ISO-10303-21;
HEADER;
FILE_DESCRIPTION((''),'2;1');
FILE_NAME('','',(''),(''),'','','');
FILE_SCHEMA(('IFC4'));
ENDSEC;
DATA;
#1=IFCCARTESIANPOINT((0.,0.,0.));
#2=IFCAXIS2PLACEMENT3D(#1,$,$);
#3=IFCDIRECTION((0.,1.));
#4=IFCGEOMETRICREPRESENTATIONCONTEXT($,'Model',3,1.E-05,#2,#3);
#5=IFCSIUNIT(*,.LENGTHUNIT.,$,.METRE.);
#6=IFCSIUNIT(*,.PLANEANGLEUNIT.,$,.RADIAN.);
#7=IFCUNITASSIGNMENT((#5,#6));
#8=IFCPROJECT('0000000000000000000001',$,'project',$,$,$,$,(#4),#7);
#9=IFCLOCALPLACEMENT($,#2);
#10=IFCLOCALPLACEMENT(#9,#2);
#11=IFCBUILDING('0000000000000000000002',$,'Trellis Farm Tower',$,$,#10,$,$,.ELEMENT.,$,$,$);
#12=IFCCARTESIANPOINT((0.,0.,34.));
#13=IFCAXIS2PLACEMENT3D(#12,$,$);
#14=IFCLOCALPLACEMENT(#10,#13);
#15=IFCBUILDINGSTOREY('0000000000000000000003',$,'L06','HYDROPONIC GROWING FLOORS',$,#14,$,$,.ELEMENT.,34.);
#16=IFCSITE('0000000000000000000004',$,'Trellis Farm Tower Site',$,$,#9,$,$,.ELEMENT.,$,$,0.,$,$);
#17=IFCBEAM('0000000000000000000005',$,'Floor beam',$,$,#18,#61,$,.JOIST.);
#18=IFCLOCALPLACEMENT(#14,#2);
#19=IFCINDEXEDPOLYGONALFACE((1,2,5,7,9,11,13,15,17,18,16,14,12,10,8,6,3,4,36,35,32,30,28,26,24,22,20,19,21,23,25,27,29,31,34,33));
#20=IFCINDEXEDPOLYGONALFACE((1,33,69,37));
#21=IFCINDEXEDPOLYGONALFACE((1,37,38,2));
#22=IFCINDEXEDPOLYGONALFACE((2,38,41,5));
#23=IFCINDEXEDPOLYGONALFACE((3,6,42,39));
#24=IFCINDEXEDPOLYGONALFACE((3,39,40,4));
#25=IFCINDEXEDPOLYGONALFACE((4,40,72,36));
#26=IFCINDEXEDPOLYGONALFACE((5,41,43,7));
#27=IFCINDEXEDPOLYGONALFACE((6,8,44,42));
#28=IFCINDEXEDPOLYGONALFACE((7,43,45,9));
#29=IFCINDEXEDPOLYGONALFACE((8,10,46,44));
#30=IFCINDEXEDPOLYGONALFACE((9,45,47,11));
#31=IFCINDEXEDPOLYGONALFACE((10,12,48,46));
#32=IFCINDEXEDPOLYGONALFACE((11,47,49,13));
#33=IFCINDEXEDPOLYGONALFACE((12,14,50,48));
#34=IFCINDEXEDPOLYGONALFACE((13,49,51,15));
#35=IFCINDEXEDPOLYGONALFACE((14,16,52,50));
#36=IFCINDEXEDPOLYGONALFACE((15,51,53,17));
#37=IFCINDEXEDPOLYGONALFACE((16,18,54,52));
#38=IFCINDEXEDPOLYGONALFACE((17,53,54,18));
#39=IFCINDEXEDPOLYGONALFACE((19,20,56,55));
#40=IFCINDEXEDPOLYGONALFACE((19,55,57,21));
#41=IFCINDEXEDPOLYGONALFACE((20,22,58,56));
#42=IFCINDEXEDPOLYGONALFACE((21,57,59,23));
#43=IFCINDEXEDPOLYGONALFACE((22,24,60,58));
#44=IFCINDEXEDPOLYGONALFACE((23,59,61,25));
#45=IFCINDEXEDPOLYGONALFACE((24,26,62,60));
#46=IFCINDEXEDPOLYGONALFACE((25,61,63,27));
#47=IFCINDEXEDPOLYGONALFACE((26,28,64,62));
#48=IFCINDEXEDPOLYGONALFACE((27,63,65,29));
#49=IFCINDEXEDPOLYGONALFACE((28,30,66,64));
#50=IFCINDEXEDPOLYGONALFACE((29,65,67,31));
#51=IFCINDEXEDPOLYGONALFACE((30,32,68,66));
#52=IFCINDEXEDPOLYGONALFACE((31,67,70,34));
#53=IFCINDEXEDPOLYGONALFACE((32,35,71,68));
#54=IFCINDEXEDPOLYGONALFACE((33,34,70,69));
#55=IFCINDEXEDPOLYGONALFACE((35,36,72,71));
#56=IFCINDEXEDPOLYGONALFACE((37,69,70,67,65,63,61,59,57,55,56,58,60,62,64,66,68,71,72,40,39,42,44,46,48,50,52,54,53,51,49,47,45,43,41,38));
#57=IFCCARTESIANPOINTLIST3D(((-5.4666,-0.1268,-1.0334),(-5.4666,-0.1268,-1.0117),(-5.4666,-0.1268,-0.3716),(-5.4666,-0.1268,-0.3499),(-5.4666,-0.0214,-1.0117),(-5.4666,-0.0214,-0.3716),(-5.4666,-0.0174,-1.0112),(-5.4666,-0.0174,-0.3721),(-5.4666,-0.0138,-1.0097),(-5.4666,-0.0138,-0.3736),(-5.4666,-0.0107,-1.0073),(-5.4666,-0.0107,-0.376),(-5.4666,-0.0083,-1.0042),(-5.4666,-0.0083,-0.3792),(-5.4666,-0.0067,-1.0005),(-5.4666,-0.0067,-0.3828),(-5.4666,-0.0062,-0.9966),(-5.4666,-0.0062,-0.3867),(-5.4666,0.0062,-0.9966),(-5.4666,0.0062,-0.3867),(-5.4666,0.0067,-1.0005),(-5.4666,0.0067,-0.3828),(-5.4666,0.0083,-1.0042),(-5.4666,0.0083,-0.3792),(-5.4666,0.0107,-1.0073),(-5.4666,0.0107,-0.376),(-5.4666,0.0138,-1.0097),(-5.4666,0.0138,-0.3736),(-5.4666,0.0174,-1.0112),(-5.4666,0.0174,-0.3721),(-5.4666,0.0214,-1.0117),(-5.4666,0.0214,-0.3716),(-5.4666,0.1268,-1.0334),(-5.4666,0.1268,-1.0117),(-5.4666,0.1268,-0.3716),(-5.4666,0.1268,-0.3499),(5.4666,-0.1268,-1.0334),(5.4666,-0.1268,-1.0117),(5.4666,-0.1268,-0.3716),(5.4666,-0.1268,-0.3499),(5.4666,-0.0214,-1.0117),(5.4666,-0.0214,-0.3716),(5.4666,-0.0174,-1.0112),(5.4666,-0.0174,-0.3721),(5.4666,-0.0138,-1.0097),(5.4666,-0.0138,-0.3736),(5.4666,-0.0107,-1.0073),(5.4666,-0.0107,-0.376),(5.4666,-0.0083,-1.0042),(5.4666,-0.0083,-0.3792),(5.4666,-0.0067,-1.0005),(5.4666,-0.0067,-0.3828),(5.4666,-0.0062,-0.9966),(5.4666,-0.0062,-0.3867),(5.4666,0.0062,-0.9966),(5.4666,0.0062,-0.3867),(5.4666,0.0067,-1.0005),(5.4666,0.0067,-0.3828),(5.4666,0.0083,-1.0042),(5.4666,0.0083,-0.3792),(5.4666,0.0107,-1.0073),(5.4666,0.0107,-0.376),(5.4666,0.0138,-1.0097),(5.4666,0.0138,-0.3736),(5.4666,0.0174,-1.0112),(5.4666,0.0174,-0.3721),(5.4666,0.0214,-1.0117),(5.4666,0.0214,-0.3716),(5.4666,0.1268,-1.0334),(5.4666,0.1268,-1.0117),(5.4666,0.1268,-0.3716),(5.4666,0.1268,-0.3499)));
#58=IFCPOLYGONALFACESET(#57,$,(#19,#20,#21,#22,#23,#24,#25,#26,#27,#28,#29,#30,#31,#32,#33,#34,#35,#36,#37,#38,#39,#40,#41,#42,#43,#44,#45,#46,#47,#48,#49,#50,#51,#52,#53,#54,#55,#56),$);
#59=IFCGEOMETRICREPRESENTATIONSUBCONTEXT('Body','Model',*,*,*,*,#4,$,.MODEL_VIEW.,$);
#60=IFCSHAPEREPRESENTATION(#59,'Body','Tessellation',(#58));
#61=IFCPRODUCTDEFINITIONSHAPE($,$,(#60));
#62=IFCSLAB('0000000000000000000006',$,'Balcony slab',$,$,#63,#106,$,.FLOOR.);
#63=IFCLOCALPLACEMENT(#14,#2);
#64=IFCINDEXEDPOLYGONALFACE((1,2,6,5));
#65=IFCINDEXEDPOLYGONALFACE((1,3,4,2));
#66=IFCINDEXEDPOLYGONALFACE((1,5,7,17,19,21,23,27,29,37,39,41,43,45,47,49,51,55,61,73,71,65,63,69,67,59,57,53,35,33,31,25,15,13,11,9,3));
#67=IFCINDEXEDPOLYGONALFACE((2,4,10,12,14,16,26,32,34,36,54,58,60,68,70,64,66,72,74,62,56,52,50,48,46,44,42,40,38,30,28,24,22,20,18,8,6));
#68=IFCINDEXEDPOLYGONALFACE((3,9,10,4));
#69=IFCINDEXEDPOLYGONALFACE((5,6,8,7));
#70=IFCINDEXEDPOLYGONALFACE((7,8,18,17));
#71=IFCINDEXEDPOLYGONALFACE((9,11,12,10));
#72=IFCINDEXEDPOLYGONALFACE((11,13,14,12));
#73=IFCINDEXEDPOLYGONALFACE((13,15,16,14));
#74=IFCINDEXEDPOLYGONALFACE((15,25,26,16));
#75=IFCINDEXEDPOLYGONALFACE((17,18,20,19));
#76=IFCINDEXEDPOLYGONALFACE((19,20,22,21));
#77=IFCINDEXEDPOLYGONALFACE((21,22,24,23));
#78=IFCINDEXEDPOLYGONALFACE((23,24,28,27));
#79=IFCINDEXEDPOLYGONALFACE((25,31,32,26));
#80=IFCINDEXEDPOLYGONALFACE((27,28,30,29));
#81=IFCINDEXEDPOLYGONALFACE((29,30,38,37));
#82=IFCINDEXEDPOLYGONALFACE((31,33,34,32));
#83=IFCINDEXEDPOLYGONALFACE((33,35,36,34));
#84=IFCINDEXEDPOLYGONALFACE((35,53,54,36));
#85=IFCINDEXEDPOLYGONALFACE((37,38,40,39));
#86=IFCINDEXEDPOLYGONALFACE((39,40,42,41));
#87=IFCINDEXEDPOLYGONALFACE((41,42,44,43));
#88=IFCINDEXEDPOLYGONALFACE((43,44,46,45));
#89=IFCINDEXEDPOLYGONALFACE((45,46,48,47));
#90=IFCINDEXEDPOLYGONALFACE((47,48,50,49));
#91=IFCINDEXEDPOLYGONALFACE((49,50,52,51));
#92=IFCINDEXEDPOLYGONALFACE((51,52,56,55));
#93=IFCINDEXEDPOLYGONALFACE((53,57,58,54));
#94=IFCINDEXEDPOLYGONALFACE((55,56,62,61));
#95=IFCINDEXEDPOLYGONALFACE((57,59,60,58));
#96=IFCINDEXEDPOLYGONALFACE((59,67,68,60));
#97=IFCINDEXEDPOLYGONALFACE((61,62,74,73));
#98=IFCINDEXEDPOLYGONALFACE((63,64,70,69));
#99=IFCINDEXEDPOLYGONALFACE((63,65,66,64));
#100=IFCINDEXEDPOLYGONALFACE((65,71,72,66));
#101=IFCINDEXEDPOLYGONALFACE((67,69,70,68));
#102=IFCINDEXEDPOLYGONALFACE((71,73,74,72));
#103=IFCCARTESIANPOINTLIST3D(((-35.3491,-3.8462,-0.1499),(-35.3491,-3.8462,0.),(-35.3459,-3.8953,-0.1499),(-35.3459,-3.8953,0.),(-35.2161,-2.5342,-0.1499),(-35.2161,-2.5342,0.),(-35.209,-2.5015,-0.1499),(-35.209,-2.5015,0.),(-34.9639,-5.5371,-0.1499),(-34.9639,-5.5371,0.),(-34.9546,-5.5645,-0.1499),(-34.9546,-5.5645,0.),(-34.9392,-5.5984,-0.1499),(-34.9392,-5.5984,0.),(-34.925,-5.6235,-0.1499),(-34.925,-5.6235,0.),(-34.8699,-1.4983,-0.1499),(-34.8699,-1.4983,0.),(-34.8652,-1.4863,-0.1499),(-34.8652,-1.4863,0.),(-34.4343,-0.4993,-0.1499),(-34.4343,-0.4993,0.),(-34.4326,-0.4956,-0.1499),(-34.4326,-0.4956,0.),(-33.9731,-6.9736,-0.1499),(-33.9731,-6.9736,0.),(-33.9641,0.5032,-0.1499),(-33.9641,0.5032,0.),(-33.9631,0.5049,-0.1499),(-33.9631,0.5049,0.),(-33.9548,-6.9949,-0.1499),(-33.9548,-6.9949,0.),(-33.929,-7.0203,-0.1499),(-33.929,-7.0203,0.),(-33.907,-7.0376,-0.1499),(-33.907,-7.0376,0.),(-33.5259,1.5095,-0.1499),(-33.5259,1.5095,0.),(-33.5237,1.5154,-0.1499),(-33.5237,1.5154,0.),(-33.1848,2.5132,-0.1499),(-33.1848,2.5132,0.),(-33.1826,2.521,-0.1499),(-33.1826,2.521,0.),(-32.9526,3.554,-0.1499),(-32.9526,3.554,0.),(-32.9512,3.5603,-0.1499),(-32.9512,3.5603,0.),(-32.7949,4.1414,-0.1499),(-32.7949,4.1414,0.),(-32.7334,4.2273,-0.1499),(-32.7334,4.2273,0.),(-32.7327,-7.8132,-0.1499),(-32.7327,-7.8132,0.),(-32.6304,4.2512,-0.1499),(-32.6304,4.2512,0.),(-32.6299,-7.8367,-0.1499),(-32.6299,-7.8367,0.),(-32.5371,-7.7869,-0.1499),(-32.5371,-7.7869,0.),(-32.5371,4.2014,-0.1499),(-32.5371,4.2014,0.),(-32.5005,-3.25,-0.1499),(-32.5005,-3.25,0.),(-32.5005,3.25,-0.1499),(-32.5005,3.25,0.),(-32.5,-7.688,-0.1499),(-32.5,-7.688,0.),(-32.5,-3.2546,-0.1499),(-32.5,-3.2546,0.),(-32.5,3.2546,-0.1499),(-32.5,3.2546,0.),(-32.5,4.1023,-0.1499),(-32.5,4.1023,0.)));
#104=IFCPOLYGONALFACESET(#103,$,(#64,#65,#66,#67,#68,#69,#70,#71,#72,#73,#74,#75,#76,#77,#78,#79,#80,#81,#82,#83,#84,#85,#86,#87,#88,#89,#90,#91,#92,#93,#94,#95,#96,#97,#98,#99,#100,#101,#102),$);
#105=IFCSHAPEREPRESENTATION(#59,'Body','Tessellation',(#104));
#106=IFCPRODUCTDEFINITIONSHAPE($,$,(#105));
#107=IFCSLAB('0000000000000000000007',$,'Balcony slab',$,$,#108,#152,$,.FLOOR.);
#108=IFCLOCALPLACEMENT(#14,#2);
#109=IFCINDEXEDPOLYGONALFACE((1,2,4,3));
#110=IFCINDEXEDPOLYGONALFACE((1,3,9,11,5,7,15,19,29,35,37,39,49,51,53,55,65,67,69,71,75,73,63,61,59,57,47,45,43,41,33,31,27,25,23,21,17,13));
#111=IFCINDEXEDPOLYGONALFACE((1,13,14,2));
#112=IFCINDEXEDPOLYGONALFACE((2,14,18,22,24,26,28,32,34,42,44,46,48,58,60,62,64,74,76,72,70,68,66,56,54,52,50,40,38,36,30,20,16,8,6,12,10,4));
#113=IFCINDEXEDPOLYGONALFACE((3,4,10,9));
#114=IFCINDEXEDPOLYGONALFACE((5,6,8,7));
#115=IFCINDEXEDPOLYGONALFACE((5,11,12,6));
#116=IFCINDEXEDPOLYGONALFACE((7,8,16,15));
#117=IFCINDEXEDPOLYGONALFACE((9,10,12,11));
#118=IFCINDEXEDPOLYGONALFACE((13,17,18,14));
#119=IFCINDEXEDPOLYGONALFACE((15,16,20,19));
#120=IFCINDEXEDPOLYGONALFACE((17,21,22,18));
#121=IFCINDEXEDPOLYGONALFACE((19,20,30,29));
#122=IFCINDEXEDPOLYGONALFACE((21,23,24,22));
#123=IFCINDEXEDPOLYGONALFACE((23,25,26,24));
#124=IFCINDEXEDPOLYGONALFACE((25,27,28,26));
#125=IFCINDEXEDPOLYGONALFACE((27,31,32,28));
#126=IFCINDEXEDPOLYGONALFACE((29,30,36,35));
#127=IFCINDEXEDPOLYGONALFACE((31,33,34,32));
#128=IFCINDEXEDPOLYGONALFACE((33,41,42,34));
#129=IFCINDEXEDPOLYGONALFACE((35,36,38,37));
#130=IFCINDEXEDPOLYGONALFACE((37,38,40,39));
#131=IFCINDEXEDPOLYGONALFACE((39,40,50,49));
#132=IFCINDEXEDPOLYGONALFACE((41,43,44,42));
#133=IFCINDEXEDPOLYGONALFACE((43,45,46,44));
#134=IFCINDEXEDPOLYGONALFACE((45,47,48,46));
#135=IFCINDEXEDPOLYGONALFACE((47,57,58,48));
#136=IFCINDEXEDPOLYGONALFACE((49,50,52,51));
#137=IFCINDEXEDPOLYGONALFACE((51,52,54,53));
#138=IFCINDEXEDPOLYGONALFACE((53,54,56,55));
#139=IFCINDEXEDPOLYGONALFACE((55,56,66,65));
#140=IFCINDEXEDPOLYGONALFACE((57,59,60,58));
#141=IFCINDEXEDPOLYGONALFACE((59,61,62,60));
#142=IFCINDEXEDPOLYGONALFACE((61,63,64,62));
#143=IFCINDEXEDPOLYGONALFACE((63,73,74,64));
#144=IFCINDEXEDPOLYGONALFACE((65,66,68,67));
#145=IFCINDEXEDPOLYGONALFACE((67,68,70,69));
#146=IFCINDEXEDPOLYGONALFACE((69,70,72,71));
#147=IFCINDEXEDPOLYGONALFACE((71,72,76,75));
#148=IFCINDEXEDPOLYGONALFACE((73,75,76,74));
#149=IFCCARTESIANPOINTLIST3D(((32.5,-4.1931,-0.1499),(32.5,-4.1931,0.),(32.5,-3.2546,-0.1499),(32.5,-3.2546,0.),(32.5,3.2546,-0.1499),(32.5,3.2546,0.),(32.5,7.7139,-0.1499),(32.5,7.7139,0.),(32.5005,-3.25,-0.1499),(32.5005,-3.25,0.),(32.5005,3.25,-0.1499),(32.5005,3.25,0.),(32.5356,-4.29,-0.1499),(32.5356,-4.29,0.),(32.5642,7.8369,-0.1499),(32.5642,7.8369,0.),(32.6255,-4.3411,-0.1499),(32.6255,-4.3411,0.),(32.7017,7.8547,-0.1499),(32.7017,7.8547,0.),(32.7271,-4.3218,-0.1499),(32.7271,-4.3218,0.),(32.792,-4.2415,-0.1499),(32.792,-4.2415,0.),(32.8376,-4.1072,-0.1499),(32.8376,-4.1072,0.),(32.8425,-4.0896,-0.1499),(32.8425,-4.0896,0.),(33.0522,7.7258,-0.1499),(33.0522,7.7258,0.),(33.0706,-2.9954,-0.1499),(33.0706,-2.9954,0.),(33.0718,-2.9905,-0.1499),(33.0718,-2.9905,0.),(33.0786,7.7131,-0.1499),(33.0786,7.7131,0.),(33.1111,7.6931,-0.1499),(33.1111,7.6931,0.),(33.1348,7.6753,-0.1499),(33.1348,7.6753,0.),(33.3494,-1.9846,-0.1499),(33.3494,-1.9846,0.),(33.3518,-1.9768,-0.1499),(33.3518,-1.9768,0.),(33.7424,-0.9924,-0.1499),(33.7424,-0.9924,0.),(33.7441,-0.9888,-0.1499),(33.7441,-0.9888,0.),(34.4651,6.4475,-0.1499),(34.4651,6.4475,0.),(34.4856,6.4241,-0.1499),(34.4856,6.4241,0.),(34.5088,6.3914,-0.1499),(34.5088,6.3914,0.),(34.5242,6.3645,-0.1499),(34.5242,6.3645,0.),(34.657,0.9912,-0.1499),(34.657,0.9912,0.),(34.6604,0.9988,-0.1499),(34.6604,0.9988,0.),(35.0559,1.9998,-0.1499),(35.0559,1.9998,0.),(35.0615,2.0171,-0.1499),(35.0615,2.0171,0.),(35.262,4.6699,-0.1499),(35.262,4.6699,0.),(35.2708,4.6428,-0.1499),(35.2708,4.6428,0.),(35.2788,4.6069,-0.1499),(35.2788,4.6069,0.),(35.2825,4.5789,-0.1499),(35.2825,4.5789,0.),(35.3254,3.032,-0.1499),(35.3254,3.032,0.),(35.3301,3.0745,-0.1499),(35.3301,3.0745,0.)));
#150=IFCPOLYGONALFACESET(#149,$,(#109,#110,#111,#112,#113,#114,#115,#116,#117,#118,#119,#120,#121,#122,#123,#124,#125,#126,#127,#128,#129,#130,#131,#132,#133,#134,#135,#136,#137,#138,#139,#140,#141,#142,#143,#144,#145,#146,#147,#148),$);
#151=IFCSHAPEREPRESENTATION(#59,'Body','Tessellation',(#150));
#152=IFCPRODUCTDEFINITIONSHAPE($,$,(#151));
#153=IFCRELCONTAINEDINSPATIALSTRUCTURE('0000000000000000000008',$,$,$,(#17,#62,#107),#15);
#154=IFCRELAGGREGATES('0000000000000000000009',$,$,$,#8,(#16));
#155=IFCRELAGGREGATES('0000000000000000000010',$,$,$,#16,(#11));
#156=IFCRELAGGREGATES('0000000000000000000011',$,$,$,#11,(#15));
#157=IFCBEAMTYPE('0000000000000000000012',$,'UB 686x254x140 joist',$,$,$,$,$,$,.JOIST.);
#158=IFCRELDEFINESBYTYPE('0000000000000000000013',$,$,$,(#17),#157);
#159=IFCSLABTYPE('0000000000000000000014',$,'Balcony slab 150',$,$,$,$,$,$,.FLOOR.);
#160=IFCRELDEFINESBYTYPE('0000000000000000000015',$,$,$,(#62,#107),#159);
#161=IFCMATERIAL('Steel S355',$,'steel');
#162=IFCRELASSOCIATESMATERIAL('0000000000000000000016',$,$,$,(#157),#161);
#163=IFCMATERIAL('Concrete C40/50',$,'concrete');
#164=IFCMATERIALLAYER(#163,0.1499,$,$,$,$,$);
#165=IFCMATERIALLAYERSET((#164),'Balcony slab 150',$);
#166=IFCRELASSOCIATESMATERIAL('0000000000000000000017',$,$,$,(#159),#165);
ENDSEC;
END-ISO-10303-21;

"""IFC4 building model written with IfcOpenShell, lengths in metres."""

from ifc_helpers import new_model, si_unit, direction, frame, origin, origin_2d, place, context, subcontext, project, spatial, polyline, i_section, outline, extrude, source, transform, mapped, material, layer, layer_set, material_profile, profile_set, type_object, element, save


model = new_model("IFC4")

# Units and contexts
model_context = context("Model", 3, precision=1e-05, world=origin(), true_north=direction((0.0, 1.0)))
body_context = subcontext(model_context, "Body", "Model", "MODEL_VIEW")
ifc_project = project(units=[si_unit("LENGTHUNIT", "METRE"), si_unit("PLANEANGLEUNIT", "RADIAN")], contexts=[model_context])

# Site, building, storey
site_placement = place(None, origin())
site = spatial("IfcSite", under=ifc_project, at=site_placement, Name="Trellis Farm Tower Site", CompositionType="ELEMENT", RefElevation=0.0)
building_placement = place(site_placement, origin())
building = spatial("IfcBuilding", under=site, at=building_placement, Name="Trellis Farm Tower", CompositionType="ELEMENT")
storey_placement = place(building_placement, frame((0.0, 0.0, 34.0)))
storey = spatial("IfcBuildingStorey", under=building, at=storey_placement, Name="L06", Description="HYDROPONIC GROWING FLOORS", CompositionType="ELEMENT", Elevation=34.0)

# Beam
ifc_material_1 = material(Name="Steel S355", Category="steel")
ifc_material_profile = material_profile(ifc_material_1, i_section(OverallWidth=0.2537, OverallDepth=0.6836, WebThickness=0.0125, FlangeThickness=0.0217, FilletRadius=0.0151, at=origin_2d()), Name="UB 686x254x140")
ifc_profile_set = profile_set([ifc_material_profile], Name="Steel S355")
beam_type = type_object("IfcBeamType", Name="UB 686x254x140 joist", PredefinedType="JOIST", material=ifc_profile_set)
shared_shape_1 = source(origin(), body_context, "Body", "SweptSolid", [
    extrude(i_section(OverallWidth=0.2537, OverallDepth=0.6836, WebThickness=0.0125, FlangeThickness=0.0217, FilletRadius=0.0151, at=origin_2d()), origin(), (0.0, 0.0, 1.0), 10.9331),
])
beam_placement = place(storey_placement, frame((-5.4666, 0.0, -0.6917), z_axis=(1.0, 0.0, 0.0), x_axis=(0.0, 1.0, 0.0)))
element("IfcBeam", 1, at=beam_placement, inside=storey, type_object=beam_type, Name="Floor beam", PredefinedType="JOIST", context=body_context, shape_type="MappedRepresentation", body=[
    mapped(shared_shape_1, transform((0.0, 0.0, 0.0))),
])

# Slabs
ifc_material_2 = material(Name="Concrete C40/50", Category="concrete")
ifc_layer_1 = layer(ifc_material_2, 0.1499)
ifc_layer_set_1 = layer_set([ifc_layer_1], Name="Balcony slab 150")
slab_type_1 = type_object("IfcSlabType", Name="Balcony slab 150", PredefinedType="FLOOR", material=ifc_layer_set_1)
placement_1 = place(storey_placement, frame((0.0, 0.0, -0.1499)))
element("IfcSlab", 2, at=placement_1, inside=storey, type_object=slab_type_1, Name="Balcony slab", PredefinedType="FLOOR", context=body_context, shape_type="SweptSolid", body=[
    extrude(outline(polyline([(-33.929, -7.0203), (-33.9548, -6.9949), (-33.9731, -6.9736), (-34.925, -5.6235), (-34.9392, -5.5984), (-34.9546, -5.5645), (-34.9639, -5.5371), (-35.3459, -3.8953), (-35.3491, -3.8462), (-35.2161, -2.5342), (-35.209, -2.5015), (-34.8699, -1.4983), (-34.8652, -1.4863), (-34.4343, -0.4993), (-34.4326, -0.4956), (-33.9641, 0.5032), (-33.9631, 0.5049), (-33.5259, 1.5095), (-33.5237, 1.5154), (-33.1848, 2.5132), (-33.1826, 2.521), (-32.9526, 3.554), (-32.9512, 3.5603), (-32.7949, 4.1414), (-32.7334, 4.2273), (-32.6304, 4.2512), (-32.5371, 4.2014), (-32.5, 4.1023), (-32.5, 3.2546), (-32.5005, 3.25), (-32.5005, -3.25), (-32.5, -3.2546), (-32.5, -7.688), (-32.5371, -7.7869), (-32.6299, -7.8367), (-32.7327, -7.8132), (-33.907, -7.0376), (-33.929, -7.0203)])), origin(), (0.0, 0.0, 1.0), 0.1499),
])
element("IfcSlab", 3, at=placement_1, inside=storey, type_object=slab_type_1, Name="Balcony slab", PredefinedType="FLOOR", context=body_context, shape_type="SweptSolid", body=[
    extrude(outline(polyline([(33.0786, 7.7131), (33.1111, 7.6931), (33.1348, 7.6753), (34.4651, 6.4475), (34.4856, 6.4241), (34.5088, 6.3914), (34.5242, 6.3645), (35.262, 4.6699), (35.2708, 4.6428), (35.2788, 4.6069), (35.2825, 4.5789), (35.3301, 3.0745), (35.3254, 3.032), (35.0615, 2.0171), (35.0559, 1.9998), (34.6604, 0.9988), (34.657, 0.9912), (33.7441, -0.9888), (33.7424, -0.9924), (33.3518, -1.9768), (33.3494, -1.9846), (33.0718, -2.9905), (33.0706, -2.9954), (32.8425, -4.0896), (32.8376, -4.1072), (32.792, -4.2415), (32.7271, -4.3218), (32.6255, -4.3411), (32.5356, -4.29), (32.5, -4.1931), (32.5, -3.2546), (32.5005, -3.25), (32.5005, 3.25), (32.5, 3.2546), (32.5, 7.7139), (32.5642, 7.8369), (32.7017, 7.8547), (33.0522, 7.7258), (33.0786, 7.7131)])), origin(), (0.0, 0.0, 1.0), 0.1499),
])

save(model, "model.ifc")
